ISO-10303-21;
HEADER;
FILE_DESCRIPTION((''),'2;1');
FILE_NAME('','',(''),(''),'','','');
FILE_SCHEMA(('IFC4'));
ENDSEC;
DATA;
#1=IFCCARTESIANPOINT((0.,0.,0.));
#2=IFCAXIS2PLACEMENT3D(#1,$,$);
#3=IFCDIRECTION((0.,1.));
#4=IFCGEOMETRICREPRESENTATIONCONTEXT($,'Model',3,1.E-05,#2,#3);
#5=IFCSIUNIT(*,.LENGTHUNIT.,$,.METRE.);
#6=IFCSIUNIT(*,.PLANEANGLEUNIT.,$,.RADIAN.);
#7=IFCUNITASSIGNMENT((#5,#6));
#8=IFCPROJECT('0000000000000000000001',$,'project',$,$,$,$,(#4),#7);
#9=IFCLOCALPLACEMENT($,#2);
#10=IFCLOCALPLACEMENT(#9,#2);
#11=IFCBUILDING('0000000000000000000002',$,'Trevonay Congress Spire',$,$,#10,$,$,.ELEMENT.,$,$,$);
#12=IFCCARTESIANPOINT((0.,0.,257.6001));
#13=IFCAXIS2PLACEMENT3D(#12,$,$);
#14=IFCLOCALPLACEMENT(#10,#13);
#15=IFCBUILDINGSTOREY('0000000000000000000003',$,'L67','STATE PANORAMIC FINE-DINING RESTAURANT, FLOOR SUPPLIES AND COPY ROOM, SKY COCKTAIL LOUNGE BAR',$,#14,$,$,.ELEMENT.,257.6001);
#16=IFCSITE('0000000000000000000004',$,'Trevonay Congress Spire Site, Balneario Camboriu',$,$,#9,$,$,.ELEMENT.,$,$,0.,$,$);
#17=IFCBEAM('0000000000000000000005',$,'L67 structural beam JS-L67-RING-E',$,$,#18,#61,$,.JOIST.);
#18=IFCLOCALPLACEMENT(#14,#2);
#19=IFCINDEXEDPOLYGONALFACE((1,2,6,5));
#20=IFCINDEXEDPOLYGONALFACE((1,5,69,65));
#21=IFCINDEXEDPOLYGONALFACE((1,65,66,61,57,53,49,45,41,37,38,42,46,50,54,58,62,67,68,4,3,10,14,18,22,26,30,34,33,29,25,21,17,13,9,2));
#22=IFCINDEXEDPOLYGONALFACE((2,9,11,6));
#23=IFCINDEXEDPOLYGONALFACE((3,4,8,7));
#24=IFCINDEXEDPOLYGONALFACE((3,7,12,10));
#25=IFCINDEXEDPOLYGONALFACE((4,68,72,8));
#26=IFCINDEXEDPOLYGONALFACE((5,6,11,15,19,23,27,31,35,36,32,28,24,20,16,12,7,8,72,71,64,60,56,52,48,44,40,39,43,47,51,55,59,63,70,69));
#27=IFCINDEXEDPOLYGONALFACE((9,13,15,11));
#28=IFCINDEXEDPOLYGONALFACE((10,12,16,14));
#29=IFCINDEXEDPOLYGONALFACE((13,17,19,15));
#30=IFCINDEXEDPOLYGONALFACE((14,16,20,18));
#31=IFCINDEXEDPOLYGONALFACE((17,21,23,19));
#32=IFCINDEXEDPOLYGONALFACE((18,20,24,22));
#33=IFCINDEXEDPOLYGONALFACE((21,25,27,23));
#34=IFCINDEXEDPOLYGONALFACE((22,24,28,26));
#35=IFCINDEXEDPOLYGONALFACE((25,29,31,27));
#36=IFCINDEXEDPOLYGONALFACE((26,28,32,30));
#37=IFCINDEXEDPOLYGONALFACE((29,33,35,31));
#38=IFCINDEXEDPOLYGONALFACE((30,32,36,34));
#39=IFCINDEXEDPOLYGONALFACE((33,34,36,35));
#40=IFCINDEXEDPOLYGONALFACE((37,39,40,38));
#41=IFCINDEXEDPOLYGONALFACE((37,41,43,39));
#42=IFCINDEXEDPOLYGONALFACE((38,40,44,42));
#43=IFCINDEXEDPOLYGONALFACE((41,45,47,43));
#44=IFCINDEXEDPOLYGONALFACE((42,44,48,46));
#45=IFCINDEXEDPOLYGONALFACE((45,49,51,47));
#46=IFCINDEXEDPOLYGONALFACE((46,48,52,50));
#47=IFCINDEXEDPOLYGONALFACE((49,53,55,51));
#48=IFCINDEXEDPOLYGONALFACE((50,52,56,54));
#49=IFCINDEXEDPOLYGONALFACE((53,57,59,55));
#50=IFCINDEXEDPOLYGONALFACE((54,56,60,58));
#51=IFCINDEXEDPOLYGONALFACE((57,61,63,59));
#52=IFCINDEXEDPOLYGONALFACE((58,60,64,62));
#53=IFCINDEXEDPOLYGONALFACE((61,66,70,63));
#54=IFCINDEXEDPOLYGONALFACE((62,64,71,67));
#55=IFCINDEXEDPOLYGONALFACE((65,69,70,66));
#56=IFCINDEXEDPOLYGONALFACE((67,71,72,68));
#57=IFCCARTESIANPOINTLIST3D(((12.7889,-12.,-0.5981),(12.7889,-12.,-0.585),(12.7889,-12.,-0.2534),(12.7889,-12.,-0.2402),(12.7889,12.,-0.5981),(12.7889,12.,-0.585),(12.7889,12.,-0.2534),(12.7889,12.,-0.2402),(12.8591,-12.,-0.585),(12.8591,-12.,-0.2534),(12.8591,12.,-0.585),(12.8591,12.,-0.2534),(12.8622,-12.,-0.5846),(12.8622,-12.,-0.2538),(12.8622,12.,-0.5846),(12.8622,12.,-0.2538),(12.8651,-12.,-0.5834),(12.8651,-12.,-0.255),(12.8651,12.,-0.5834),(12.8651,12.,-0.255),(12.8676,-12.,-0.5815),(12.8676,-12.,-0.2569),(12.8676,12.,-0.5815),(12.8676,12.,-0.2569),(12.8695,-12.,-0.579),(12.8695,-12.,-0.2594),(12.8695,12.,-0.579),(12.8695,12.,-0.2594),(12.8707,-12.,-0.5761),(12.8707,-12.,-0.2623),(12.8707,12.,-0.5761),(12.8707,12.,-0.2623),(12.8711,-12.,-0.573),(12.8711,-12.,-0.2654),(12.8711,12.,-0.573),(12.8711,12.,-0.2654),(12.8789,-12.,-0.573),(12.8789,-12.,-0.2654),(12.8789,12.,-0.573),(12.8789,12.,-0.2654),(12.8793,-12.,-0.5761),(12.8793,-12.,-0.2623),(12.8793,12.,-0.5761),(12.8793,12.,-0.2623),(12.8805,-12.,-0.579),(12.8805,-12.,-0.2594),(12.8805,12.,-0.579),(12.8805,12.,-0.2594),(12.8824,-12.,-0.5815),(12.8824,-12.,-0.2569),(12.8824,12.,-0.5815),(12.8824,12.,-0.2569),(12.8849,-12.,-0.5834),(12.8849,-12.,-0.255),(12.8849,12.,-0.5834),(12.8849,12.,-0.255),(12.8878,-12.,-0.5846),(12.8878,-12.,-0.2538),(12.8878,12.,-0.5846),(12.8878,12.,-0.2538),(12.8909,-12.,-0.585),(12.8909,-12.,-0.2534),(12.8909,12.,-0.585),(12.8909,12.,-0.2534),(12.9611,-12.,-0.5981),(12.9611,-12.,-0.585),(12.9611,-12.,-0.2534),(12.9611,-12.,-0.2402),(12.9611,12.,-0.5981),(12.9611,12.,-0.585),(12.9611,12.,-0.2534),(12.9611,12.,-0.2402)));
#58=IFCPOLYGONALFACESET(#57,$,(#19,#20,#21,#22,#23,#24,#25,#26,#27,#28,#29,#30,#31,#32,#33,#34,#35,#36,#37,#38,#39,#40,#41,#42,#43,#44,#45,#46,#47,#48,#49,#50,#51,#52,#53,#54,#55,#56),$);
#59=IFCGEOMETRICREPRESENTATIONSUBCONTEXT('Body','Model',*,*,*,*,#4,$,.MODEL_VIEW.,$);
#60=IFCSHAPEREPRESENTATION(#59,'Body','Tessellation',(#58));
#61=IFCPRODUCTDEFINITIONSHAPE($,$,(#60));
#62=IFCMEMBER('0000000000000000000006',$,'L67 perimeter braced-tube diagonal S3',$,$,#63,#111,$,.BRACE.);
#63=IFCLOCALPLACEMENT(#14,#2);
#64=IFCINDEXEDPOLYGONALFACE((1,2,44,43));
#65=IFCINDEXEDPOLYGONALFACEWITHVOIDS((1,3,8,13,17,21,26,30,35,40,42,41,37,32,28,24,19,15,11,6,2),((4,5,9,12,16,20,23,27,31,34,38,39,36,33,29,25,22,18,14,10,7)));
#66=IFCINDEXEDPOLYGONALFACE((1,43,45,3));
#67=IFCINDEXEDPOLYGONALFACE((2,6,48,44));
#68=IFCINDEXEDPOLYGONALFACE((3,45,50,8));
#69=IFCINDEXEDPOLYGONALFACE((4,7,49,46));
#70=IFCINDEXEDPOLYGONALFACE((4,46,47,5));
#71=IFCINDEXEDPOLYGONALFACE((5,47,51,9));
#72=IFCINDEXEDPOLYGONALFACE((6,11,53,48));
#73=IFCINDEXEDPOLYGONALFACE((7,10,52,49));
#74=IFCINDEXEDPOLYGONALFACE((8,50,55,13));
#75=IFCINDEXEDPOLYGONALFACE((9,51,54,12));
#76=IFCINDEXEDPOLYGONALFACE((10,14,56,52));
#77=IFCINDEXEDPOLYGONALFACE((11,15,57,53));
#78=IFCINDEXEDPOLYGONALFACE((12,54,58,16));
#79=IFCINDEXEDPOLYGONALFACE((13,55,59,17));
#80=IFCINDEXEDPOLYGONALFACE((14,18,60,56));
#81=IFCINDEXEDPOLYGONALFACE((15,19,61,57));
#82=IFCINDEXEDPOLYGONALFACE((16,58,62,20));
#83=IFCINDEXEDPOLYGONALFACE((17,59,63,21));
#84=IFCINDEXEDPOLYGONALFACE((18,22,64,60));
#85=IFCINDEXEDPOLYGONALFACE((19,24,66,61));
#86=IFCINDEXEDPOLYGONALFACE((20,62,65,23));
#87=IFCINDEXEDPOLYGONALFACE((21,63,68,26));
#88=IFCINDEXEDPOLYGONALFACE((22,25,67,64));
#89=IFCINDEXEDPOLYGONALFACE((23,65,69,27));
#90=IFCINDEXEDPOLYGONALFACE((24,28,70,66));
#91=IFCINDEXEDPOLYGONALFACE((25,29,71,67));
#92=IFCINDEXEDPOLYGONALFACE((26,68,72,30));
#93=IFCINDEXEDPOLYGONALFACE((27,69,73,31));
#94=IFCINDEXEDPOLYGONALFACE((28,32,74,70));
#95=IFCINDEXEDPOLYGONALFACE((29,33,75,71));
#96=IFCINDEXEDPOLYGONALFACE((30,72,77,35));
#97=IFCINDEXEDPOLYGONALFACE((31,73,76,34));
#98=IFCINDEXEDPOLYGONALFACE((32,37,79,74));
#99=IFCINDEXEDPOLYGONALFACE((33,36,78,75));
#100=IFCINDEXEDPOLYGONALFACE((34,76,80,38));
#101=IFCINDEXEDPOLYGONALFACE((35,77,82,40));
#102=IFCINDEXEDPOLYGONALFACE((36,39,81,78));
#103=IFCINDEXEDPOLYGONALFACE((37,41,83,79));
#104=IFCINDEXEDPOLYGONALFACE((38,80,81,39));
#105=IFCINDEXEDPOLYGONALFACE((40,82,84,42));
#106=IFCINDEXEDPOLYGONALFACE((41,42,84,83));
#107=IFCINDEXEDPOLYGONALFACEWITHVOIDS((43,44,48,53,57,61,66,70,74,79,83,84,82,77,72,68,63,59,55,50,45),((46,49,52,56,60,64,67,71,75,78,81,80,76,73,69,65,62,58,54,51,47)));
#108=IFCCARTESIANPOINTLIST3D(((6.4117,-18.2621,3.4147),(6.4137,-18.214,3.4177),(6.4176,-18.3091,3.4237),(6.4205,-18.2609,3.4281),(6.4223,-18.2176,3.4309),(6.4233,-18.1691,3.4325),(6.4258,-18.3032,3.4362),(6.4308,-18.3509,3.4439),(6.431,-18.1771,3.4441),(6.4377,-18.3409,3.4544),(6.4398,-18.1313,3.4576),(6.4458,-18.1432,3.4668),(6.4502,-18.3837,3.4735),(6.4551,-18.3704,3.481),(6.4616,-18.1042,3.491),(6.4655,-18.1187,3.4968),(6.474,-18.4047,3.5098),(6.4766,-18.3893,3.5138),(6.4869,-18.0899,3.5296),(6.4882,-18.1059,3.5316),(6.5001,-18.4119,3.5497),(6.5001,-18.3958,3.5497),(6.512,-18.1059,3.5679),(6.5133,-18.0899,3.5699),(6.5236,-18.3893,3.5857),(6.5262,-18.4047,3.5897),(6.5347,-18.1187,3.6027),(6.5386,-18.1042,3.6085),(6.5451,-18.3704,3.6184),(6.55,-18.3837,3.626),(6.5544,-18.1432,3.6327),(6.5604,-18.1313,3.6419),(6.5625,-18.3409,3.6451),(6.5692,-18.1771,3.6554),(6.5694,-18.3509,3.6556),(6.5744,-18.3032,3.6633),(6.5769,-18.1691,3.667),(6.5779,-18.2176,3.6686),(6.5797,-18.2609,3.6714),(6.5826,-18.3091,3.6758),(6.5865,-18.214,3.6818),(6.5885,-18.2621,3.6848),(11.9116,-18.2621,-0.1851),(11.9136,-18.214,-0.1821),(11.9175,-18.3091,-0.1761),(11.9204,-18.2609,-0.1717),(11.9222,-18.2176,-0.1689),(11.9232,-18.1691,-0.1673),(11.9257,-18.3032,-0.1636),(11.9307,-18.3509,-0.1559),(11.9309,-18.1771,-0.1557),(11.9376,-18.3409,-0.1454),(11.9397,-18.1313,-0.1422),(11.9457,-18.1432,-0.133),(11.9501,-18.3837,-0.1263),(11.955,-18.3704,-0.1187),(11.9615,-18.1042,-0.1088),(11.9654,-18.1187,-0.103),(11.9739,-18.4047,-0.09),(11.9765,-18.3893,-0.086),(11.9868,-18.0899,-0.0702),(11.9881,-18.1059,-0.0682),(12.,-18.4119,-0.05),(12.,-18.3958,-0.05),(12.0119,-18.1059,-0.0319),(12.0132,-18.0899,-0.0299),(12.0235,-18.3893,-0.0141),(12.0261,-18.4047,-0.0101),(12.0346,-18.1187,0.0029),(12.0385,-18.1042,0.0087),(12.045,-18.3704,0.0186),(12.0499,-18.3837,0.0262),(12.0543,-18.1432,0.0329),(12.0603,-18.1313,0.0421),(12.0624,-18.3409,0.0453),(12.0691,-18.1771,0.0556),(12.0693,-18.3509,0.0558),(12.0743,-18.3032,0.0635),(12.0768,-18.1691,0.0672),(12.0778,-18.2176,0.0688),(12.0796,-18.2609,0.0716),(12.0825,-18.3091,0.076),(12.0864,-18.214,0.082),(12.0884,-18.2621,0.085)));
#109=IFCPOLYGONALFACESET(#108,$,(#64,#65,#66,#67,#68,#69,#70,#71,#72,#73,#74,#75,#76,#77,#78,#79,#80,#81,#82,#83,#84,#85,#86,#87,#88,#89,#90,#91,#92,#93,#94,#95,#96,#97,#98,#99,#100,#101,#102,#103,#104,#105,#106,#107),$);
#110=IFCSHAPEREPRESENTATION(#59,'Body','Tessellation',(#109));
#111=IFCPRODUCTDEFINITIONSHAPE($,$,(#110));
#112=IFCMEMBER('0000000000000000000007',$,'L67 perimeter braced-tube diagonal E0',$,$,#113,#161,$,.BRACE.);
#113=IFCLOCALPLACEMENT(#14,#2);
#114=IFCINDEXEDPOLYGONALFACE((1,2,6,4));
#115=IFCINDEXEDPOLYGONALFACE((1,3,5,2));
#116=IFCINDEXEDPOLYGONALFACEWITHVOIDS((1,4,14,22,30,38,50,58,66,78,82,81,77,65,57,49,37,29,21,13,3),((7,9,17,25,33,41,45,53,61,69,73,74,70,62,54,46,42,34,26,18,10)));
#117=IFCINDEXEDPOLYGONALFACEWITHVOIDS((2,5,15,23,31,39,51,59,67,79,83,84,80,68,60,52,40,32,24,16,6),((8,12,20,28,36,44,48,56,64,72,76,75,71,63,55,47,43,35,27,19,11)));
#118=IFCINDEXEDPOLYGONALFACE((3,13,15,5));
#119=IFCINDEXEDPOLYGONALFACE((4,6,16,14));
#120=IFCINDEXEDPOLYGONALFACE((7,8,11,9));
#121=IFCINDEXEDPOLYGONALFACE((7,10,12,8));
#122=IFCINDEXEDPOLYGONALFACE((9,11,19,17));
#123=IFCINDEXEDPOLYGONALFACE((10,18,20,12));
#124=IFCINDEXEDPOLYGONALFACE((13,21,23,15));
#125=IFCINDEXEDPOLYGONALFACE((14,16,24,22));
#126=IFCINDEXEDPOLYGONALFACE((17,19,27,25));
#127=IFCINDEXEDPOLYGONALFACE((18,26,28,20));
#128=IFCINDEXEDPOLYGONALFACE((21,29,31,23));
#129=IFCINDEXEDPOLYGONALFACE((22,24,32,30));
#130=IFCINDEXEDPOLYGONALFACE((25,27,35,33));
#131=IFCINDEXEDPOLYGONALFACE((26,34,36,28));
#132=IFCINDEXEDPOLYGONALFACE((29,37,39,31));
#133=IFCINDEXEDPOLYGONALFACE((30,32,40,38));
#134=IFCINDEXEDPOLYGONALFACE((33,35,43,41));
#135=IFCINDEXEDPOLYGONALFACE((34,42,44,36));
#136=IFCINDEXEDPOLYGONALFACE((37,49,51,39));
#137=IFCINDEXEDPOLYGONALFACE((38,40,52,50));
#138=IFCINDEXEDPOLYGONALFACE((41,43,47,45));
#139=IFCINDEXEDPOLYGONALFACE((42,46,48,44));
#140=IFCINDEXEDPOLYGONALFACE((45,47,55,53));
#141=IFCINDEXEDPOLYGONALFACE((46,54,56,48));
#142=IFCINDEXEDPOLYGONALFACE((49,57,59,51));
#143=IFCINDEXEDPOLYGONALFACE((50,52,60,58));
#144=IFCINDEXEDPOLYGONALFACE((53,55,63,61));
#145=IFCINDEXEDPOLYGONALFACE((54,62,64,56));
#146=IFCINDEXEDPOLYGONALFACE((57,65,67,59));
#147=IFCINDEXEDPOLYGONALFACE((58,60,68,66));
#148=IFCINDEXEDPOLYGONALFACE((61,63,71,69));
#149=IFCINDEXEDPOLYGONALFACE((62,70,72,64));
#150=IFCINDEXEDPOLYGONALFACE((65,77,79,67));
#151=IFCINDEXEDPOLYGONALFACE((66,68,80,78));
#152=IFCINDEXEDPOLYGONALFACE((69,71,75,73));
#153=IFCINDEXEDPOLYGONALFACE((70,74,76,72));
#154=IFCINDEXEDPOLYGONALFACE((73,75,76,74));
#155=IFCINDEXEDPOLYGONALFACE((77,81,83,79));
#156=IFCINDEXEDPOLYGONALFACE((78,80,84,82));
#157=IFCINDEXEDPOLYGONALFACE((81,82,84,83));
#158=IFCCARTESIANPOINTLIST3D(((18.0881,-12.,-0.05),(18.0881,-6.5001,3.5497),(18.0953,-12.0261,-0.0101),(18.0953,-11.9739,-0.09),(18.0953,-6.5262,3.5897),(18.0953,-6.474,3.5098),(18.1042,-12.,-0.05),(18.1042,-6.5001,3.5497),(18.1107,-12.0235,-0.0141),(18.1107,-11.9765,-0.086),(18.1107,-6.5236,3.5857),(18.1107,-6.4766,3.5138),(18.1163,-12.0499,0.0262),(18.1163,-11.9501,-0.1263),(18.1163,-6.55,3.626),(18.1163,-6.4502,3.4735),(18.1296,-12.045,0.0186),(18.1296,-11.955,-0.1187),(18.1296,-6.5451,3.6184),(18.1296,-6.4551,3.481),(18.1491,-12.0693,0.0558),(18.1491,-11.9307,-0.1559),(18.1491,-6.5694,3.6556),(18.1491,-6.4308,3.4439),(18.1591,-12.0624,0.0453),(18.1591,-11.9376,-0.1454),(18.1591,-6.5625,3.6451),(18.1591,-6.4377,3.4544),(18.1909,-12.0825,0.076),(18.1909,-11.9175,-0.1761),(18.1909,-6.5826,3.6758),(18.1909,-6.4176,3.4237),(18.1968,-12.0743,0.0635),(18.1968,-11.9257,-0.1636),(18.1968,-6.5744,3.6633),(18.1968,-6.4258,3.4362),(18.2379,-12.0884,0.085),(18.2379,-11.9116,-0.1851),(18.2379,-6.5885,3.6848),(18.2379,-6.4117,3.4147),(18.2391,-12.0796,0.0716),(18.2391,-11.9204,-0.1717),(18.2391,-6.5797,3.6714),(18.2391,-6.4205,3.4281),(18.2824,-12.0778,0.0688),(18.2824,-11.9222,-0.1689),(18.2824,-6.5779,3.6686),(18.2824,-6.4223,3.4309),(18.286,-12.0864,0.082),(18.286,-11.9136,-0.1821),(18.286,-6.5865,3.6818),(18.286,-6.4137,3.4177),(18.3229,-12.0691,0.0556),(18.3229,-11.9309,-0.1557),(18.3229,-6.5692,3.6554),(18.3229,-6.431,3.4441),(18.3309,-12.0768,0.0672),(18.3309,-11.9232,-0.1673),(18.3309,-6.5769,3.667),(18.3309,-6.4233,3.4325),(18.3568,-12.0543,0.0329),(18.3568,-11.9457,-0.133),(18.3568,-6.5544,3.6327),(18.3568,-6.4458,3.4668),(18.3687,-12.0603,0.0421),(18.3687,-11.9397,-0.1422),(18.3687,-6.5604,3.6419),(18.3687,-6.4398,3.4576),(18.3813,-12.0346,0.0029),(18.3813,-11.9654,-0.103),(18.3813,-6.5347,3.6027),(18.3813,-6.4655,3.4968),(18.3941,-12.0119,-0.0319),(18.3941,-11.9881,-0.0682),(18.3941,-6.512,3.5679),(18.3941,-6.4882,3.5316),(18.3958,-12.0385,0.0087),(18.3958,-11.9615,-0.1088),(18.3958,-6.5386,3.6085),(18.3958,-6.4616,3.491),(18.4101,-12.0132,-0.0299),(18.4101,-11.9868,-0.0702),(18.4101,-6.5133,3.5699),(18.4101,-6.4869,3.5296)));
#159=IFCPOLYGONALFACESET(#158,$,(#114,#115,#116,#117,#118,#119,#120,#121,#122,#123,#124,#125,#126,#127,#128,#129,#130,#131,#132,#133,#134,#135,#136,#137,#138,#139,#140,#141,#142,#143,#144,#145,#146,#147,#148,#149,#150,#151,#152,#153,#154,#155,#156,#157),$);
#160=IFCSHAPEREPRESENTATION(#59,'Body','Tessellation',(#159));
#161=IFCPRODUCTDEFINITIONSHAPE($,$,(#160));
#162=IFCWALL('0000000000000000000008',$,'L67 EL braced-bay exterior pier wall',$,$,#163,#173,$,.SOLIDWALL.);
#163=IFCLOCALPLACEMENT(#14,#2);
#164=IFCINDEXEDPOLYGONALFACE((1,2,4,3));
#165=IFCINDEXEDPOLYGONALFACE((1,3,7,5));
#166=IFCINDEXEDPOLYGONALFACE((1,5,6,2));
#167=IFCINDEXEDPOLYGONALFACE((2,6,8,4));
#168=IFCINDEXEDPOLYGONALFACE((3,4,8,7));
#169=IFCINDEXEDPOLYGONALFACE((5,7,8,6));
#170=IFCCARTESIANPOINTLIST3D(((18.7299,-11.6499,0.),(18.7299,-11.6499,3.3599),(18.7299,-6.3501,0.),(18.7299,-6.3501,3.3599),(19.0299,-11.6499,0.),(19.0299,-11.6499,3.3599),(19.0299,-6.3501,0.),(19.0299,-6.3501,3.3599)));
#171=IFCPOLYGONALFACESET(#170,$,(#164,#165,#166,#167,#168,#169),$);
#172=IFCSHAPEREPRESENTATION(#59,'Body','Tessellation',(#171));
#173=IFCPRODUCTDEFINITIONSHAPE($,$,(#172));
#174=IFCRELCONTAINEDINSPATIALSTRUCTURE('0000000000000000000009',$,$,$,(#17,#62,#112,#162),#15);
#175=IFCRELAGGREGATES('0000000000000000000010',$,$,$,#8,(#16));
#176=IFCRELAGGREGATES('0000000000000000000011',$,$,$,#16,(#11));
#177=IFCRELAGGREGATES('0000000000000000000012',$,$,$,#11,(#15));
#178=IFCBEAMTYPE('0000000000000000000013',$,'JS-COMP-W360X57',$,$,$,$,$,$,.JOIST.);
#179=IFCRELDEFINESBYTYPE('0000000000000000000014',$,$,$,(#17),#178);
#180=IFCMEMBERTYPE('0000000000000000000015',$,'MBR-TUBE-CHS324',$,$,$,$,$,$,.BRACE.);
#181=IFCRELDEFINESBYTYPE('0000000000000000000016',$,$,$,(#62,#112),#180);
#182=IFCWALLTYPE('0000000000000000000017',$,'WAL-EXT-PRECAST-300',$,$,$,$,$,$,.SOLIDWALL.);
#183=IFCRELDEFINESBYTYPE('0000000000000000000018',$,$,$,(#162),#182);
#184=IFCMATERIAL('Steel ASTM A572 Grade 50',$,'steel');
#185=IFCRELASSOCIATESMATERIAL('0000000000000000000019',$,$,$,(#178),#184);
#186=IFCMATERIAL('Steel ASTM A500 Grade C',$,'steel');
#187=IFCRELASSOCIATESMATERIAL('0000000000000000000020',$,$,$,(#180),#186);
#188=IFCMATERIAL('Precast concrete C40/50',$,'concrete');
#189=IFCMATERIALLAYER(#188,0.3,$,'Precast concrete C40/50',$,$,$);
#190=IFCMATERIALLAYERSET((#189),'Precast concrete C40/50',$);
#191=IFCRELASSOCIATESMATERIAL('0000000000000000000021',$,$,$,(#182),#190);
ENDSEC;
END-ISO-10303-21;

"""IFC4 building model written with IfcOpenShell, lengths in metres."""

from ifc_helpers import new_model, si_unit, direction, frame, frame_2d, origin, origin_2d, place, context, subcontext, project, spatial, rectangle, hollow_circle, i_section, extrude, material, layer, layer_set, material_profile, profile_set, type_object, element, save


model = new_model("IFC4")

# Units and contexts
model_context = context("Model", 3, precision=1e-05, world=origin(), true_north=direction((0.0, 1.0)))
body_context = subcontext(model_context, "Body", "Model", "MODEL_VIEW")
ifc_project = project(units=[si_unit("LENGTHUNIT", "METRE"), si_unit("PLANEANGLEUNIT", "RADIAN")], contexts=[model_context])

# Site, building, storey
site_placement = place(None, origin())
site = spatial("IfcSite", under=ifc_project, at=site_placement, Name="Trevonay Congress Spire Site, Balneario Camboriu", CompositionType="ELEMENT", RefElevation=0.0)
building_placement = place(site_placement, origin())
building = spatial("IfcBuilding", under=site, at=building_placement, Name="Trevonay Congress Spire", CompositionType="ELEMENT")
storey_placement = place(building_placement, frame((0.0, 0.0, 257.6001)))
storey = spatial("IfcBuildingStorey", under=building, at=storey_placement, Name="L67", Description="STATE PANORAMIC FINE-DINING RESTAURANT, FLOOR SUPPLIES AND COPY ROOM, SKY COCKTAIL LOUNGE BAR", CompositionType="ELEMENT", Elevation=257.6001)

# Shared definitions
ifc_material_1 = material(Name="Steel ASTM A572 Grade 50", Category="steel")

# Beam
ifc_material_profile_1 = material_profile(ifc_material_1, i_section(OverallWidth=0.1721, OverallDepth=0.3579, WebThickness=0.0078, FlangeThickness=0.0132, FilletRadius=0.012, at=origin_2d()), Name="W360x57.8")
ifc_profile_set_1 = profile_set([ifc_material_profile_1], Name="Steel ASTM A572 Grade 50")
beam_type_1 = type_object("IfcBeamType", Name="JS-COMP-W360X57", PredefinedType="JOIST", material=ifc_profile_set_1)
beam_1_placement = place(storey_placement, frame((12.875, -12.0, -0.4192), z_axis=(0.0, 1.0, 0.0), x_axis=(-1.0, 0.0, 0.0)))
element("IfcBeam", 1, at=beam_1_placement, inside=storey, type_object=beam_type_1, Name="L67 structural beam JS-L67-RING-E", PredefinedType="JOIST", context=body_context, shape_type="SweptSolid", body=[
    extrude(i_section(OverallWidth=0.1721, OverallDepth=0.3579, WebThickness=0.0078, FlangeThickness=0.0132, FilletRadius=0.012, at=origin_2d()), origin(), (0.0, 0.0, 1.0), 24.0),
])

# Members
ifc_material_2 = material(Name="Steel ASTM A500 Grade C", Category="steel")
ifc_material_profile_2 = material_profile(ifc_material_2, hollow_circle(Radius=0.1619, WallThickness=0.0161, at=origin_2d()), Name="CHS 323.9x16")
ifc_profile_set_2 = profile_set([ifc_material_profile_2], Name="Steel ASTM A500 Grade C")
member_type = type_object("IfcMemberType", Name="MBR-TUBE-CHS324", PredefinedType="BRACE", material=ifc_profile_set_2)
for number, where, z_axis, x_axis, name in (
    (2, (12.0, -18.25, -0.05), (-0.836712, 0.0, 0.547644), (0.0, -1.0, 0.0), "L67 perimeter braced-tube diagonal S3"),
    (3, (18.25, -12.0, -0.05), (0.0, 0.836712, 0.547644), (-1.0, 0.0, 0.0), "L67 perimeter braced-tube diagonal E0"),
):
    element("IfcMember", number, at=place(storey_placement, frame(where, z_axis=z_axis, x_axis=x_axis)), inside=storey, type_object=member_type, Name=name, PredefinedType="BRACE", context=body_context, shape_type="SweptSolid", body=[
        extrude(hollow_circle(Radius=0.1619, WallThickness=0.0161, at=origin_2d()), origin(), (0.0, 0.0, 1.0), 6.5732),
    ])

# Wall
ifc_material_3 = material(Name="Precast concrete C40/50", Category="concrete")
ifc_layer_1 = layer(ifc_material_3, 0.3, Name="Precast concrete C40/50")
ifc_layer_set_1 = layer_set([ifc_layer_1], Name="Precast concrete C40/50")
wall_type_1 = type_object("IfcWallType", Name="WAL-EXT-PRECAST-300", PredefinedType="SOLIDWALL", material=ifc_layer_set_1)
wall_1_placement = place(storey_placement, frame((18.8799, -11.6499, 0.0), z_axis=(0.0, 0.0, 1.0), x_axis=(0.0, 1.0, 0.0)))
element("IfcWall", 4, at=wall_1_placement, inside=storey, type_object=wall_type_1, Name="L67 EL braced-bay exterior pier wall", PredefinedType="SOLIDWALL", context=body_context, shape_type="SweptSolid", body=[
    extrude(rectangle(XDim=5.2998, YDim=0.3, at=frame_2d((2.6499, 0.0))), origin(), (0.0, 0.0, 1.0), 3.3599),
])

save(model, "model.ifc")
